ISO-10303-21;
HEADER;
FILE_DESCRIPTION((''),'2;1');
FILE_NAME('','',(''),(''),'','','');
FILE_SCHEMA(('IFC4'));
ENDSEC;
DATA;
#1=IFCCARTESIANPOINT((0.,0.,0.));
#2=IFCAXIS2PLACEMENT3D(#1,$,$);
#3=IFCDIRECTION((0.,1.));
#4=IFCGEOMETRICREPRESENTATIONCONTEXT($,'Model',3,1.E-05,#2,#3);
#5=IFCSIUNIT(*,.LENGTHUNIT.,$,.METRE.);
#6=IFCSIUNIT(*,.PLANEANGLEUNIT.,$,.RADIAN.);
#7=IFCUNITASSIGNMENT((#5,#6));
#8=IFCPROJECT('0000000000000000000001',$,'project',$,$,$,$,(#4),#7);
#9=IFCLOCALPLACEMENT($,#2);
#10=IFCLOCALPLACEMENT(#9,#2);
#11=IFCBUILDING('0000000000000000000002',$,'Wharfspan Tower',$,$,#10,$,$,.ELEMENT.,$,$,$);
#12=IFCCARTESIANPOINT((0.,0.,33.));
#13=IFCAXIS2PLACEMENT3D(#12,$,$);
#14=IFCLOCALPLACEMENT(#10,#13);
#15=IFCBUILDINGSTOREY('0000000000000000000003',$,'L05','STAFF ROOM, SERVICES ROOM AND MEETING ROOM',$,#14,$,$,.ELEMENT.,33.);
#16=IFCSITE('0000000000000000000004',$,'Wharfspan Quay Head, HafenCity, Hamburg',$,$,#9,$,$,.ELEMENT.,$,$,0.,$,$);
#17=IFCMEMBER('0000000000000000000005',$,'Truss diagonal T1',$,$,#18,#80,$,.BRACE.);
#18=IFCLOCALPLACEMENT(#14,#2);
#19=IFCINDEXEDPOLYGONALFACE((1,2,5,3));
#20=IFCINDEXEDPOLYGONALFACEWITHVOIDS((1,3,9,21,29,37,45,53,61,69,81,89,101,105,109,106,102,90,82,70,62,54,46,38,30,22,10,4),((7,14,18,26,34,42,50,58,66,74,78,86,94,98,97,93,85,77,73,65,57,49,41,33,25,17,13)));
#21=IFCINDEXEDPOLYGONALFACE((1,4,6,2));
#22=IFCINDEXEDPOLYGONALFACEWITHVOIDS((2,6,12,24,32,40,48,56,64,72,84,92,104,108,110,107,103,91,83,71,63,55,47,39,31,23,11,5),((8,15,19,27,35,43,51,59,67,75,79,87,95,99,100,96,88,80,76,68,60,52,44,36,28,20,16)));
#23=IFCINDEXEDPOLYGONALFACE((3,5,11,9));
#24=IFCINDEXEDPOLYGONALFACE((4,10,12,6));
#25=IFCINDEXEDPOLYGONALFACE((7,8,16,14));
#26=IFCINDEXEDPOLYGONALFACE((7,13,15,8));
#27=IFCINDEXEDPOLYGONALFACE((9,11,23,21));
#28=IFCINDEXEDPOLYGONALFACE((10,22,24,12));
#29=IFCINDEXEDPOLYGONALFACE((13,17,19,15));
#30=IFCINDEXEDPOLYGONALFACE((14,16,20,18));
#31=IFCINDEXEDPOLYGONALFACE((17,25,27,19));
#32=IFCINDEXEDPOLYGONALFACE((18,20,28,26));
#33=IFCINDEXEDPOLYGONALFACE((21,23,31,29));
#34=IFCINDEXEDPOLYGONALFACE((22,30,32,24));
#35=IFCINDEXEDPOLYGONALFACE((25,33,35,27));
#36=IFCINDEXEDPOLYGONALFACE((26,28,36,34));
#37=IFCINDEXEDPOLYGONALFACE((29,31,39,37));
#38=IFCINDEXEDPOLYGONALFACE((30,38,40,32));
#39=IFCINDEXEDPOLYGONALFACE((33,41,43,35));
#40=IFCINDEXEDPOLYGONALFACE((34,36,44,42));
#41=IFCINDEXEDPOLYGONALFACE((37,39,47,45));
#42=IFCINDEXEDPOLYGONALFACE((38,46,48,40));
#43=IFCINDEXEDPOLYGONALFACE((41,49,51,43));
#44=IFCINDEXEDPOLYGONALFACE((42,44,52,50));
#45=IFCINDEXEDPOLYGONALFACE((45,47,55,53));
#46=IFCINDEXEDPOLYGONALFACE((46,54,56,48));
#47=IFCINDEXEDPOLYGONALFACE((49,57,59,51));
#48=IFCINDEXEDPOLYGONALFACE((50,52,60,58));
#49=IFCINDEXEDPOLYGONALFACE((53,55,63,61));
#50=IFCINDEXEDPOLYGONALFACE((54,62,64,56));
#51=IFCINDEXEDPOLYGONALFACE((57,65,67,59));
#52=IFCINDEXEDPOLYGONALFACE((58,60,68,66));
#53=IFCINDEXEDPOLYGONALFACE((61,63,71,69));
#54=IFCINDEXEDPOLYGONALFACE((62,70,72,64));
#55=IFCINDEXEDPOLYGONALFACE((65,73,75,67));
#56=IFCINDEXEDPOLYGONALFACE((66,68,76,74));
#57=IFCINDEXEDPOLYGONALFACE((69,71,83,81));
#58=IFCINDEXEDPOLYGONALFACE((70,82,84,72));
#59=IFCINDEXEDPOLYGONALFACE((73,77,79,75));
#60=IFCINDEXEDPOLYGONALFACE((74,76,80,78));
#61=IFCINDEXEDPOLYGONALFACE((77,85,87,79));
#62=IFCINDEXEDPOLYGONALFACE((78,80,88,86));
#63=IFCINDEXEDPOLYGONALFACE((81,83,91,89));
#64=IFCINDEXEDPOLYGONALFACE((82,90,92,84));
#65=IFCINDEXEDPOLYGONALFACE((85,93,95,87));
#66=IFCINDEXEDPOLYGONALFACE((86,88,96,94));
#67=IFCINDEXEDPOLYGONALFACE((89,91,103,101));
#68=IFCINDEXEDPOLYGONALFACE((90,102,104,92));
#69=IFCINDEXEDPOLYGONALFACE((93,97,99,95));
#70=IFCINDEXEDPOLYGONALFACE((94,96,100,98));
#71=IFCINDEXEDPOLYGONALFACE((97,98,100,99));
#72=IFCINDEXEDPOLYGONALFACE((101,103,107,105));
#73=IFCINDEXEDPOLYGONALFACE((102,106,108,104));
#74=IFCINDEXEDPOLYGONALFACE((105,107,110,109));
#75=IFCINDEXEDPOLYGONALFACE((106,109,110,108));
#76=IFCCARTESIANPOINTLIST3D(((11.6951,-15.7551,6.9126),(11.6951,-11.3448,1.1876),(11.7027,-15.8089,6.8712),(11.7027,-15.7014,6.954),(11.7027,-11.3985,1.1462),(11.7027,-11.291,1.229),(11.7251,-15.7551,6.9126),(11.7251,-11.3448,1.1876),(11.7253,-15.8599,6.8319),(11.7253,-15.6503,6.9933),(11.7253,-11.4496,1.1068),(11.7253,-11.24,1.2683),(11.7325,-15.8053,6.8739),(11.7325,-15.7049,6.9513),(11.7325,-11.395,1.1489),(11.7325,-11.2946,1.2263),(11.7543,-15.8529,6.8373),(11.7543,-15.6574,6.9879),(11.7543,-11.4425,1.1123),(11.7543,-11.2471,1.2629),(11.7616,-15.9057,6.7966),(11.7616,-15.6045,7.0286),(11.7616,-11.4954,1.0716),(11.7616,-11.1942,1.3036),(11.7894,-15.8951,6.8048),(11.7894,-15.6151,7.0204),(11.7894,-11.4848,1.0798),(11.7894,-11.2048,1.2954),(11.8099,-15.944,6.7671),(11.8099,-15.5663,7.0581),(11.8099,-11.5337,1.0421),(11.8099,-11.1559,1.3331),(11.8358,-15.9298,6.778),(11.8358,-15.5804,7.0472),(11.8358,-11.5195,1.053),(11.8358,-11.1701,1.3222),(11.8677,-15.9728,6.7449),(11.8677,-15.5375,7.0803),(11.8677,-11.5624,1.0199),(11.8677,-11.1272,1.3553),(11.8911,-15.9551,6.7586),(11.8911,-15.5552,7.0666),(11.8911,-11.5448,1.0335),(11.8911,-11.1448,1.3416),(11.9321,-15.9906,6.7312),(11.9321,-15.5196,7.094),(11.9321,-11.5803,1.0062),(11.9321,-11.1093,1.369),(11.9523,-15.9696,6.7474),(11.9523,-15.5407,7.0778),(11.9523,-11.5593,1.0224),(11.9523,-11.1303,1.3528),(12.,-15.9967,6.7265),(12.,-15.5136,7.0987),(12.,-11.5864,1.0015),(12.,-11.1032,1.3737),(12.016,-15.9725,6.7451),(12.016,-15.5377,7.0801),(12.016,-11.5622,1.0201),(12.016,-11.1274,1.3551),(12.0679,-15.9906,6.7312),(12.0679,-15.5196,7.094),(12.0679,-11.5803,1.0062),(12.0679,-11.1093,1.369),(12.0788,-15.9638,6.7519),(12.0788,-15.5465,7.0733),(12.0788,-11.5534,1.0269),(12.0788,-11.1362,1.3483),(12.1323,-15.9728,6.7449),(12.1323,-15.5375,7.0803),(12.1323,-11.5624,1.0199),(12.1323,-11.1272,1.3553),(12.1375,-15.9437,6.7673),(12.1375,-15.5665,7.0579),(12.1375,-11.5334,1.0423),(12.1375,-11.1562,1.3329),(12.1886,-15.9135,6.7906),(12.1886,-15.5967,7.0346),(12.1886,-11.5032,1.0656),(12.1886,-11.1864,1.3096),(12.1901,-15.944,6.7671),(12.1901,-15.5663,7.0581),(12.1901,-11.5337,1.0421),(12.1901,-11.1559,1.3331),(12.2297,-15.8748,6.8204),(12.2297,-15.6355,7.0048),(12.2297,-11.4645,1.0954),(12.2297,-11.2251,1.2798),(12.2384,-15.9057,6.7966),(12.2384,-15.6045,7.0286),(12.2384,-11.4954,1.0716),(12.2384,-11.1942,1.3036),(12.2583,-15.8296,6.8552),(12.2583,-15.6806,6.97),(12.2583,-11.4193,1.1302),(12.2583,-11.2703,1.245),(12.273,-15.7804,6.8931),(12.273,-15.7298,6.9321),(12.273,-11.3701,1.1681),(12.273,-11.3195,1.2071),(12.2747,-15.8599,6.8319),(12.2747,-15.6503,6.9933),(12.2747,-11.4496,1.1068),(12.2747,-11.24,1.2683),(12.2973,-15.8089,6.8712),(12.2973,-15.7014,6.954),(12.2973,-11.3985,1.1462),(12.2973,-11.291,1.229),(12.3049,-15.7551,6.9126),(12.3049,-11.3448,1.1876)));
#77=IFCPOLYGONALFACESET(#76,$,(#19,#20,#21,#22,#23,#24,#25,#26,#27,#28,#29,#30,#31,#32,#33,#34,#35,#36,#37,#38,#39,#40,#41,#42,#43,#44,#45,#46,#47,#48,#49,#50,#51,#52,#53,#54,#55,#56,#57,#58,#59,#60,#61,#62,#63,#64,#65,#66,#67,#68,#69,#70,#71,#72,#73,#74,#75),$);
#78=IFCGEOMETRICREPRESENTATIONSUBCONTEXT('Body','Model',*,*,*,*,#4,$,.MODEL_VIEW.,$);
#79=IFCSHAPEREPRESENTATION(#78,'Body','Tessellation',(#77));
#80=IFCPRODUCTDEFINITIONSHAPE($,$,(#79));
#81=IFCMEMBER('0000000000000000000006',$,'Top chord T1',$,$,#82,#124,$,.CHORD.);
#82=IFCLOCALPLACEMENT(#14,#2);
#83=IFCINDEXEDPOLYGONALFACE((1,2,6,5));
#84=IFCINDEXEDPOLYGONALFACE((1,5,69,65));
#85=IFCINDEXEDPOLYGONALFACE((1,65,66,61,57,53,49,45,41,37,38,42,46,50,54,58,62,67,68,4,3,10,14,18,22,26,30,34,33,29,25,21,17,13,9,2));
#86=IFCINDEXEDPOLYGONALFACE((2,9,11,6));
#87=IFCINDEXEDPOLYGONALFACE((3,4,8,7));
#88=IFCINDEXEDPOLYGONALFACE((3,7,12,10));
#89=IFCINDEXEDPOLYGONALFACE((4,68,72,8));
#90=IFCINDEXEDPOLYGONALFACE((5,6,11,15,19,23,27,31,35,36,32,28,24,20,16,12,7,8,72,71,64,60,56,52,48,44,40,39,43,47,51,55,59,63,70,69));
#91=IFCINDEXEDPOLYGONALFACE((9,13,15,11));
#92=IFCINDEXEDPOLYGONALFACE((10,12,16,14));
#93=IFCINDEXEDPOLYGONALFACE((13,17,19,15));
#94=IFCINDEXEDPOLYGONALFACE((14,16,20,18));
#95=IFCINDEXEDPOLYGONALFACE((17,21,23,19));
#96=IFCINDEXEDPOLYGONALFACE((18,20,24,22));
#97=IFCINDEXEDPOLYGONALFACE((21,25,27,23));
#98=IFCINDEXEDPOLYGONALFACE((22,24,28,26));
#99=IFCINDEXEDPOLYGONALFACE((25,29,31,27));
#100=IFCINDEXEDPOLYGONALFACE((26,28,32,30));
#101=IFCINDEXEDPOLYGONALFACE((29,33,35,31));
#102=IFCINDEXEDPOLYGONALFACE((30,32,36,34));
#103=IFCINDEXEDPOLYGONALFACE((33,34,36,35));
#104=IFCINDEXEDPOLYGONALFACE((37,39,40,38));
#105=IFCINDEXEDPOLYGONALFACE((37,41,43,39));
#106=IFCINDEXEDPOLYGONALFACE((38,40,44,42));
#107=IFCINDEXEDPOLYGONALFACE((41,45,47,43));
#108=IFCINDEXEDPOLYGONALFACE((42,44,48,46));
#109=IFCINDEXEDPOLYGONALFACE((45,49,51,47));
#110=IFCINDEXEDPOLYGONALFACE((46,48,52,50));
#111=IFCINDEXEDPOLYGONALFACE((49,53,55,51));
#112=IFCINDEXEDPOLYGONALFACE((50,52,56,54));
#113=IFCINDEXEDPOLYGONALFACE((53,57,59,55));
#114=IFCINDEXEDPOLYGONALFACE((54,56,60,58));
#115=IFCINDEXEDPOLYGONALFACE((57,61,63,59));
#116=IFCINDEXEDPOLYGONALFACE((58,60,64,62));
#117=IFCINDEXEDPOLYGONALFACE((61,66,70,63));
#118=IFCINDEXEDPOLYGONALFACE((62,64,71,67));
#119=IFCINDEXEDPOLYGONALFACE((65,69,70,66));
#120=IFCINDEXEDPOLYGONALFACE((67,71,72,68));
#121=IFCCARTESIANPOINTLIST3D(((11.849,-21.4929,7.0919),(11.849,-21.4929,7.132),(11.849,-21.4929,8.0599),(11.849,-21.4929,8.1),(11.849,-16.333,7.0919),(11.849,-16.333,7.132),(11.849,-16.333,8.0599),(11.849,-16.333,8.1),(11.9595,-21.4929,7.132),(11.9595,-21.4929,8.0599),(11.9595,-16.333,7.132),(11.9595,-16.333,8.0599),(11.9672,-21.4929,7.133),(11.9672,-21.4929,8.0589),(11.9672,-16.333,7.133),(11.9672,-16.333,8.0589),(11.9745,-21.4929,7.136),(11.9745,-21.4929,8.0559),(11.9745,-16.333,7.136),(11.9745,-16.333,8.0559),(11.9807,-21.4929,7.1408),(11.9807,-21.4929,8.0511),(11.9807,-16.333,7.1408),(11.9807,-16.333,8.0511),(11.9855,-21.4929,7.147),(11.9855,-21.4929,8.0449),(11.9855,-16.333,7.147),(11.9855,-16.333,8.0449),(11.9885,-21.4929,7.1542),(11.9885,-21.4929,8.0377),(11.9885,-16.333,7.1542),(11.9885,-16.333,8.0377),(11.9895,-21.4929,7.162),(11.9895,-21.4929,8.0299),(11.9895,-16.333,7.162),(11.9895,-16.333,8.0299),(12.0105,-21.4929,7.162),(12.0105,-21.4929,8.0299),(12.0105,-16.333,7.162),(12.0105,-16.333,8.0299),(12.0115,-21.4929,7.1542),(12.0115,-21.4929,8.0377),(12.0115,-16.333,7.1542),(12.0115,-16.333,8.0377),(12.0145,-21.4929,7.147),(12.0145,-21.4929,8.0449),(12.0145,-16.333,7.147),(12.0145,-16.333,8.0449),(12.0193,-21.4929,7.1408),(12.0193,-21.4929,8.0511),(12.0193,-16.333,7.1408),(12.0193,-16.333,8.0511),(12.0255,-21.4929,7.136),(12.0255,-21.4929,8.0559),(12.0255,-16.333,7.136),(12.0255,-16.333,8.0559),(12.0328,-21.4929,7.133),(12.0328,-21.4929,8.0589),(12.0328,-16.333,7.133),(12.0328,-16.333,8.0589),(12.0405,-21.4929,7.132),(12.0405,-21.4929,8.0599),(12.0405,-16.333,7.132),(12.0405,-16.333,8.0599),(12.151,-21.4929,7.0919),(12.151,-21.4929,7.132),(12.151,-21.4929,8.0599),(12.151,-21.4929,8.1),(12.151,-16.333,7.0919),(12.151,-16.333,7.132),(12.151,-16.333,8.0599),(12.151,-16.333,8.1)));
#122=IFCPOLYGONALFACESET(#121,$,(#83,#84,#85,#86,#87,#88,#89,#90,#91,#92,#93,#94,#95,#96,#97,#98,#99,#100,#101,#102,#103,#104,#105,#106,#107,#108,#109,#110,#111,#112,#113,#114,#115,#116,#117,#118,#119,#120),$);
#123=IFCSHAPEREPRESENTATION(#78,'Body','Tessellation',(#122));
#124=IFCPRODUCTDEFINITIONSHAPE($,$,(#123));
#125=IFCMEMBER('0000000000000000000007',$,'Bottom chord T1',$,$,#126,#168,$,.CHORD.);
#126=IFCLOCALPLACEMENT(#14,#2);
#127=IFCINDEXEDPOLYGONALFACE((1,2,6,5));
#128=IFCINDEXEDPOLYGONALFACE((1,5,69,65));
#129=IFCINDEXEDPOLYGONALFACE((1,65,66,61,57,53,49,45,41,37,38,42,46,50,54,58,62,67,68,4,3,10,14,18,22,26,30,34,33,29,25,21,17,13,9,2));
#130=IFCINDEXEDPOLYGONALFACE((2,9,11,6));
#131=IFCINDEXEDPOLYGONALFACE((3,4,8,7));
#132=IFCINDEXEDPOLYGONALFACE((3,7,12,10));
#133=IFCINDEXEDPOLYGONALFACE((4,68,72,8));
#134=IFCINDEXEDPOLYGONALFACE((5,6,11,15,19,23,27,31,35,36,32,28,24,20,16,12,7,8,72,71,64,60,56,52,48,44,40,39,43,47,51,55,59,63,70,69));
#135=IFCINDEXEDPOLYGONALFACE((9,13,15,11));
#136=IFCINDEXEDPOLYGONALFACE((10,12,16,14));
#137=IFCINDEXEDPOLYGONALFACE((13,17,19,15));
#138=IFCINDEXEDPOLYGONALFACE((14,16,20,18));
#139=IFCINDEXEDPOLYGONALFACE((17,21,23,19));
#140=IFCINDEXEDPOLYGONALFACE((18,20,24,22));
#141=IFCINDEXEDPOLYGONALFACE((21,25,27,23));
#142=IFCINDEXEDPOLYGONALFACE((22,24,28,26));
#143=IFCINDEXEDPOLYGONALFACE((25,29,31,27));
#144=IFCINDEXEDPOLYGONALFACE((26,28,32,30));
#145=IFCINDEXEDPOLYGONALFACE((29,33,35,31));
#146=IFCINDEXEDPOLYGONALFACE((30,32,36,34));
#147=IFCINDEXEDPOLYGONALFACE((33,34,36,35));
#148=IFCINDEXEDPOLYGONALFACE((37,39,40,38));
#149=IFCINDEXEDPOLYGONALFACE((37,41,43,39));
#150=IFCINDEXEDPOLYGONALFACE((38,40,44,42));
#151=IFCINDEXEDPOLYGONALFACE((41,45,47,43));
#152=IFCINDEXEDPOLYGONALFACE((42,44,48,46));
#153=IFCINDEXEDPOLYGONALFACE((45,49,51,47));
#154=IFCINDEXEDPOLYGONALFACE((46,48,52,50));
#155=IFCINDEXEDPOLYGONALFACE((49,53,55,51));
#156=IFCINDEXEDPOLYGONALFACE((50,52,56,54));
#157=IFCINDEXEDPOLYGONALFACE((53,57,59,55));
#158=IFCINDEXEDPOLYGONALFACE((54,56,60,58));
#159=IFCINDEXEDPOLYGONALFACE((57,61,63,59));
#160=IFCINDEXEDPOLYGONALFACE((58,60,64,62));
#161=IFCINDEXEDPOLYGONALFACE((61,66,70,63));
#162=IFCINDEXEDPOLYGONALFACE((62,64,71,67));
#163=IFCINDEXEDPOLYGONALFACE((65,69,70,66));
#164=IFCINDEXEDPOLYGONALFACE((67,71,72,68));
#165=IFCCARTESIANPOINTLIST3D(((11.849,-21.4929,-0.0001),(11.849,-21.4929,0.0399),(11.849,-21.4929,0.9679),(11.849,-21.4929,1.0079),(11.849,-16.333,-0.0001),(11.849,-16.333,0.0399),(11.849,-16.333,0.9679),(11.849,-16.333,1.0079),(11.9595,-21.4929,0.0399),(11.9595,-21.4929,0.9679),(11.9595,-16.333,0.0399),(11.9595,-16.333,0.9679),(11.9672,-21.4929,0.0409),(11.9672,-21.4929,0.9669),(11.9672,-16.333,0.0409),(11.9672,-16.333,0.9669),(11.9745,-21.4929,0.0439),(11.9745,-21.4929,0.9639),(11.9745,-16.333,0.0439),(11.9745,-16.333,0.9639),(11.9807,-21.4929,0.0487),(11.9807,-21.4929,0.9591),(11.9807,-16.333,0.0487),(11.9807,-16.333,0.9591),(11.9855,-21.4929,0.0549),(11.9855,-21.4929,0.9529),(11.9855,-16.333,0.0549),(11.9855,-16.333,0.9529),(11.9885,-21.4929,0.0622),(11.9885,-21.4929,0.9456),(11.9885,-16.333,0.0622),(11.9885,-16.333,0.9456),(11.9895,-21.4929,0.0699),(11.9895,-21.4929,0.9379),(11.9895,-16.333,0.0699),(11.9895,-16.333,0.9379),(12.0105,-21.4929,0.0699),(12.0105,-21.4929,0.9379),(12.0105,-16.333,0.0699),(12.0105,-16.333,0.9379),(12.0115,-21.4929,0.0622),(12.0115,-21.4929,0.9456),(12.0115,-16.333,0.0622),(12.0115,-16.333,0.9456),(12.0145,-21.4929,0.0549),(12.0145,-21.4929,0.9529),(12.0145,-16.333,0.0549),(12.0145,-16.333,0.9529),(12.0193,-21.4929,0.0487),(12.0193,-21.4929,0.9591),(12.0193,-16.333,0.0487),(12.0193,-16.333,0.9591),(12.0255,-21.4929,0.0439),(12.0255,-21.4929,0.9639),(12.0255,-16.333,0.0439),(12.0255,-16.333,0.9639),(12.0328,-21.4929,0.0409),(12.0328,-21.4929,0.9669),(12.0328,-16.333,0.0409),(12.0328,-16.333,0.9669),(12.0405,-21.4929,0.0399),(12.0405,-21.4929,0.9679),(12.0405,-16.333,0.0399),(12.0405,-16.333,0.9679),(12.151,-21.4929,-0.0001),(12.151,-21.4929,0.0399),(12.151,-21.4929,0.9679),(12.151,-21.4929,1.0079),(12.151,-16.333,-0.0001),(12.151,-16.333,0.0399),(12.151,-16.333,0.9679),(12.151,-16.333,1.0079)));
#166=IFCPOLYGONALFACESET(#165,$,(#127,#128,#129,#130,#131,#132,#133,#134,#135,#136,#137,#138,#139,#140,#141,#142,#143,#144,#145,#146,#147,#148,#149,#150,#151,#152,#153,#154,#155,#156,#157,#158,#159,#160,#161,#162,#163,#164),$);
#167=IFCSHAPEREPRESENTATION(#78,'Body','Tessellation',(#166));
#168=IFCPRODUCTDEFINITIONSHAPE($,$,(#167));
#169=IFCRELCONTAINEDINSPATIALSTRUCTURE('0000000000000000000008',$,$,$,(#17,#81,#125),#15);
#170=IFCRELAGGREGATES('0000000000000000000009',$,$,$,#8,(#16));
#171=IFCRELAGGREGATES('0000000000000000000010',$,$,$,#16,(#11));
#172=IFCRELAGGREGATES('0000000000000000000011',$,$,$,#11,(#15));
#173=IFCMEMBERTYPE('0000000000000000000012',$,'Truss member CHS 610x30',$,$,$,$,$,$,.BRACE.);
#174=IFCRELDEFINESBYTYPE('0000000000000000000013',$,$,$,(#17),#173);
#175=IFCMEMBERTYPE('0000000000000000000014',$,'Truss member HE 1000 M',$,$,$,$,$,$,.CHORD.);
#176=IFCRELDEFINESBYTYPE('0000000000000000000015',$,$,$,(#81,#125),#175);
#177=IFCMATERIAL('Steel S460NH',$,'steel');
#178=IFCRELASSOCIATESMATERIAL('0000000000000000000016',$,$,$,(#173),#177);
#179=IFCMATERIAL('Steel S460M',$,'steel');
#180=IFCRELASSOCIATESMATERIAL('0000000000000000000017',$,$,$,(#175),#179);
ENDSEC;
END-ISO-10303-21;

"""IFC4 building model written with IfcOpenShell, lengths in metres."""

from ifc_helpers import new_model, si_unit, direction, frame, origin, origin_2d, place, context, subcontext, project, spatial, hollow_circle, i_section, extrude, material, material_profile, profile_set, type_object, element, save


model = new_model("IFC4")

# Units and contexts
model_context = context("Model", 3, precision=1e-05, world=origin(), true_north=direction((0.0, 1.0)))
body_context = subcontext(model_context, "Body", "Model", "MODEL_VIEW")
ifc_project = project(units=[si_unit("LENGTHUNIT", "METRE"), si_unit("PLANEANGLEUNIT", "RADIAN")], contexts=[model_context])

# Site, building, storey
site_placement = place(None, origin())
site = spatial("IfcSite", under=ifc_project, at=site_placement, Name="Wharfspan Quay Head, HafenCity, Hamburg", CompositionType="ELEMENT", RefElevation=0.0)
building_placement = place(site_placement, origin())
building = spatial("IfcBuilding", under=site, at=building_placement, Name="Wharfspan Tower", CompositionType="ELEMENT")
storey_placement = place(building_placement, frame((0.0, 0.0, 33.0)))
storey = spatial("IfcBuildingStorey", under=building, at=storey_placement, Name="L05", Description="STAFF ROOM, SERVICES ROOM AND MEETING ROOM", CompositionType="ELEMENT", Elevation=33.0)

# Members
ifc_material_1 = material(Name="Steel S460NH", Category="steel")
ifc_material_profile_1 = material_profile(ifc_material_1, hollow_circle(Radius=0.3049, WallThickness=0.03, at=origin_2d()))
ifc_profile_set_1 = profile_set([ifc_material_profile_1], Name="Steel S460NH")
member_type_1 = type_object("IfcMemberType", Name="Truss member CHS 610x30", PredefinedType="BRACE", material=ifc_profile_set_1)
member_1_placement = place(storey_placement, frame((12.0, -15.7551, 6.9126), z_axis=(0.0, 0.610274, -0.792191), x_axis=(-1.0, 0.0, 0.0)))
element("IfcMember", 1, at=member_1_placement, inside=storey, type_object=member_type_1, Name="Truss diagonal T1", PredefinedType="BRACE", context=body_context, shape_type="SweptSolid", body=[
    extrude(hollow_circle(Radius=0.3049, WallThickness=0.03, at=origin_2d()), origin(), (0.0, 0.0, 1.0), 7.2268),
])
ifc_material_2 = material(Name="Steel S460M", Category="steel")
ifc_material_profile_2 = material_profile(ifc_material_2, i_section(OverallWidth=0.302, OverallDepth=1.0081, WebThickness=0.021, FlangeThickness=0.04, FilletRadius=0.03, at=origin_2d()))
ifc_profile_set_2 = profile_set([ifc_material_profile_2], Name="Steel S460M")
member_type_2 = type_object("IfcMemberType", Name="Truss member HE 1000 M", PredefinedType="CHORD", material=ifc_profile_set_2)
for number, where, z_axis, x_axis, name in (
    (2, (12.0, -21.4929, 7.5959), (0.0, 1.0, 0.0), (-1.0, 0.0, 0.0), "Top chord T1"),
    (3, (12.0, -21.4929, 0.5039), (0.0, 1.0, 0.0), (-1.0, 0.0, 0.0), "Bottom chord T1"),
):
    element("IfcMember", number, at=place(storey_placement, frame(where, z_axis=z_axis, x_axis=x_axis)), inside=storey, type_object=member_type_2, Name=name, PredefinedType="CHORD", context=body_context, shape_type="SweptSolid", body=[
        extrude(i_section(OverallWidth=0.302, OverallDepth=1.0081, WebThickness=0.021, FlangeThickness=0.04, FilletRadius=0.03, at=origin_2d()), origin(), (0.0, 0.0, 1.0), 5.1599),
    ])

save(model, "model.ifc")
